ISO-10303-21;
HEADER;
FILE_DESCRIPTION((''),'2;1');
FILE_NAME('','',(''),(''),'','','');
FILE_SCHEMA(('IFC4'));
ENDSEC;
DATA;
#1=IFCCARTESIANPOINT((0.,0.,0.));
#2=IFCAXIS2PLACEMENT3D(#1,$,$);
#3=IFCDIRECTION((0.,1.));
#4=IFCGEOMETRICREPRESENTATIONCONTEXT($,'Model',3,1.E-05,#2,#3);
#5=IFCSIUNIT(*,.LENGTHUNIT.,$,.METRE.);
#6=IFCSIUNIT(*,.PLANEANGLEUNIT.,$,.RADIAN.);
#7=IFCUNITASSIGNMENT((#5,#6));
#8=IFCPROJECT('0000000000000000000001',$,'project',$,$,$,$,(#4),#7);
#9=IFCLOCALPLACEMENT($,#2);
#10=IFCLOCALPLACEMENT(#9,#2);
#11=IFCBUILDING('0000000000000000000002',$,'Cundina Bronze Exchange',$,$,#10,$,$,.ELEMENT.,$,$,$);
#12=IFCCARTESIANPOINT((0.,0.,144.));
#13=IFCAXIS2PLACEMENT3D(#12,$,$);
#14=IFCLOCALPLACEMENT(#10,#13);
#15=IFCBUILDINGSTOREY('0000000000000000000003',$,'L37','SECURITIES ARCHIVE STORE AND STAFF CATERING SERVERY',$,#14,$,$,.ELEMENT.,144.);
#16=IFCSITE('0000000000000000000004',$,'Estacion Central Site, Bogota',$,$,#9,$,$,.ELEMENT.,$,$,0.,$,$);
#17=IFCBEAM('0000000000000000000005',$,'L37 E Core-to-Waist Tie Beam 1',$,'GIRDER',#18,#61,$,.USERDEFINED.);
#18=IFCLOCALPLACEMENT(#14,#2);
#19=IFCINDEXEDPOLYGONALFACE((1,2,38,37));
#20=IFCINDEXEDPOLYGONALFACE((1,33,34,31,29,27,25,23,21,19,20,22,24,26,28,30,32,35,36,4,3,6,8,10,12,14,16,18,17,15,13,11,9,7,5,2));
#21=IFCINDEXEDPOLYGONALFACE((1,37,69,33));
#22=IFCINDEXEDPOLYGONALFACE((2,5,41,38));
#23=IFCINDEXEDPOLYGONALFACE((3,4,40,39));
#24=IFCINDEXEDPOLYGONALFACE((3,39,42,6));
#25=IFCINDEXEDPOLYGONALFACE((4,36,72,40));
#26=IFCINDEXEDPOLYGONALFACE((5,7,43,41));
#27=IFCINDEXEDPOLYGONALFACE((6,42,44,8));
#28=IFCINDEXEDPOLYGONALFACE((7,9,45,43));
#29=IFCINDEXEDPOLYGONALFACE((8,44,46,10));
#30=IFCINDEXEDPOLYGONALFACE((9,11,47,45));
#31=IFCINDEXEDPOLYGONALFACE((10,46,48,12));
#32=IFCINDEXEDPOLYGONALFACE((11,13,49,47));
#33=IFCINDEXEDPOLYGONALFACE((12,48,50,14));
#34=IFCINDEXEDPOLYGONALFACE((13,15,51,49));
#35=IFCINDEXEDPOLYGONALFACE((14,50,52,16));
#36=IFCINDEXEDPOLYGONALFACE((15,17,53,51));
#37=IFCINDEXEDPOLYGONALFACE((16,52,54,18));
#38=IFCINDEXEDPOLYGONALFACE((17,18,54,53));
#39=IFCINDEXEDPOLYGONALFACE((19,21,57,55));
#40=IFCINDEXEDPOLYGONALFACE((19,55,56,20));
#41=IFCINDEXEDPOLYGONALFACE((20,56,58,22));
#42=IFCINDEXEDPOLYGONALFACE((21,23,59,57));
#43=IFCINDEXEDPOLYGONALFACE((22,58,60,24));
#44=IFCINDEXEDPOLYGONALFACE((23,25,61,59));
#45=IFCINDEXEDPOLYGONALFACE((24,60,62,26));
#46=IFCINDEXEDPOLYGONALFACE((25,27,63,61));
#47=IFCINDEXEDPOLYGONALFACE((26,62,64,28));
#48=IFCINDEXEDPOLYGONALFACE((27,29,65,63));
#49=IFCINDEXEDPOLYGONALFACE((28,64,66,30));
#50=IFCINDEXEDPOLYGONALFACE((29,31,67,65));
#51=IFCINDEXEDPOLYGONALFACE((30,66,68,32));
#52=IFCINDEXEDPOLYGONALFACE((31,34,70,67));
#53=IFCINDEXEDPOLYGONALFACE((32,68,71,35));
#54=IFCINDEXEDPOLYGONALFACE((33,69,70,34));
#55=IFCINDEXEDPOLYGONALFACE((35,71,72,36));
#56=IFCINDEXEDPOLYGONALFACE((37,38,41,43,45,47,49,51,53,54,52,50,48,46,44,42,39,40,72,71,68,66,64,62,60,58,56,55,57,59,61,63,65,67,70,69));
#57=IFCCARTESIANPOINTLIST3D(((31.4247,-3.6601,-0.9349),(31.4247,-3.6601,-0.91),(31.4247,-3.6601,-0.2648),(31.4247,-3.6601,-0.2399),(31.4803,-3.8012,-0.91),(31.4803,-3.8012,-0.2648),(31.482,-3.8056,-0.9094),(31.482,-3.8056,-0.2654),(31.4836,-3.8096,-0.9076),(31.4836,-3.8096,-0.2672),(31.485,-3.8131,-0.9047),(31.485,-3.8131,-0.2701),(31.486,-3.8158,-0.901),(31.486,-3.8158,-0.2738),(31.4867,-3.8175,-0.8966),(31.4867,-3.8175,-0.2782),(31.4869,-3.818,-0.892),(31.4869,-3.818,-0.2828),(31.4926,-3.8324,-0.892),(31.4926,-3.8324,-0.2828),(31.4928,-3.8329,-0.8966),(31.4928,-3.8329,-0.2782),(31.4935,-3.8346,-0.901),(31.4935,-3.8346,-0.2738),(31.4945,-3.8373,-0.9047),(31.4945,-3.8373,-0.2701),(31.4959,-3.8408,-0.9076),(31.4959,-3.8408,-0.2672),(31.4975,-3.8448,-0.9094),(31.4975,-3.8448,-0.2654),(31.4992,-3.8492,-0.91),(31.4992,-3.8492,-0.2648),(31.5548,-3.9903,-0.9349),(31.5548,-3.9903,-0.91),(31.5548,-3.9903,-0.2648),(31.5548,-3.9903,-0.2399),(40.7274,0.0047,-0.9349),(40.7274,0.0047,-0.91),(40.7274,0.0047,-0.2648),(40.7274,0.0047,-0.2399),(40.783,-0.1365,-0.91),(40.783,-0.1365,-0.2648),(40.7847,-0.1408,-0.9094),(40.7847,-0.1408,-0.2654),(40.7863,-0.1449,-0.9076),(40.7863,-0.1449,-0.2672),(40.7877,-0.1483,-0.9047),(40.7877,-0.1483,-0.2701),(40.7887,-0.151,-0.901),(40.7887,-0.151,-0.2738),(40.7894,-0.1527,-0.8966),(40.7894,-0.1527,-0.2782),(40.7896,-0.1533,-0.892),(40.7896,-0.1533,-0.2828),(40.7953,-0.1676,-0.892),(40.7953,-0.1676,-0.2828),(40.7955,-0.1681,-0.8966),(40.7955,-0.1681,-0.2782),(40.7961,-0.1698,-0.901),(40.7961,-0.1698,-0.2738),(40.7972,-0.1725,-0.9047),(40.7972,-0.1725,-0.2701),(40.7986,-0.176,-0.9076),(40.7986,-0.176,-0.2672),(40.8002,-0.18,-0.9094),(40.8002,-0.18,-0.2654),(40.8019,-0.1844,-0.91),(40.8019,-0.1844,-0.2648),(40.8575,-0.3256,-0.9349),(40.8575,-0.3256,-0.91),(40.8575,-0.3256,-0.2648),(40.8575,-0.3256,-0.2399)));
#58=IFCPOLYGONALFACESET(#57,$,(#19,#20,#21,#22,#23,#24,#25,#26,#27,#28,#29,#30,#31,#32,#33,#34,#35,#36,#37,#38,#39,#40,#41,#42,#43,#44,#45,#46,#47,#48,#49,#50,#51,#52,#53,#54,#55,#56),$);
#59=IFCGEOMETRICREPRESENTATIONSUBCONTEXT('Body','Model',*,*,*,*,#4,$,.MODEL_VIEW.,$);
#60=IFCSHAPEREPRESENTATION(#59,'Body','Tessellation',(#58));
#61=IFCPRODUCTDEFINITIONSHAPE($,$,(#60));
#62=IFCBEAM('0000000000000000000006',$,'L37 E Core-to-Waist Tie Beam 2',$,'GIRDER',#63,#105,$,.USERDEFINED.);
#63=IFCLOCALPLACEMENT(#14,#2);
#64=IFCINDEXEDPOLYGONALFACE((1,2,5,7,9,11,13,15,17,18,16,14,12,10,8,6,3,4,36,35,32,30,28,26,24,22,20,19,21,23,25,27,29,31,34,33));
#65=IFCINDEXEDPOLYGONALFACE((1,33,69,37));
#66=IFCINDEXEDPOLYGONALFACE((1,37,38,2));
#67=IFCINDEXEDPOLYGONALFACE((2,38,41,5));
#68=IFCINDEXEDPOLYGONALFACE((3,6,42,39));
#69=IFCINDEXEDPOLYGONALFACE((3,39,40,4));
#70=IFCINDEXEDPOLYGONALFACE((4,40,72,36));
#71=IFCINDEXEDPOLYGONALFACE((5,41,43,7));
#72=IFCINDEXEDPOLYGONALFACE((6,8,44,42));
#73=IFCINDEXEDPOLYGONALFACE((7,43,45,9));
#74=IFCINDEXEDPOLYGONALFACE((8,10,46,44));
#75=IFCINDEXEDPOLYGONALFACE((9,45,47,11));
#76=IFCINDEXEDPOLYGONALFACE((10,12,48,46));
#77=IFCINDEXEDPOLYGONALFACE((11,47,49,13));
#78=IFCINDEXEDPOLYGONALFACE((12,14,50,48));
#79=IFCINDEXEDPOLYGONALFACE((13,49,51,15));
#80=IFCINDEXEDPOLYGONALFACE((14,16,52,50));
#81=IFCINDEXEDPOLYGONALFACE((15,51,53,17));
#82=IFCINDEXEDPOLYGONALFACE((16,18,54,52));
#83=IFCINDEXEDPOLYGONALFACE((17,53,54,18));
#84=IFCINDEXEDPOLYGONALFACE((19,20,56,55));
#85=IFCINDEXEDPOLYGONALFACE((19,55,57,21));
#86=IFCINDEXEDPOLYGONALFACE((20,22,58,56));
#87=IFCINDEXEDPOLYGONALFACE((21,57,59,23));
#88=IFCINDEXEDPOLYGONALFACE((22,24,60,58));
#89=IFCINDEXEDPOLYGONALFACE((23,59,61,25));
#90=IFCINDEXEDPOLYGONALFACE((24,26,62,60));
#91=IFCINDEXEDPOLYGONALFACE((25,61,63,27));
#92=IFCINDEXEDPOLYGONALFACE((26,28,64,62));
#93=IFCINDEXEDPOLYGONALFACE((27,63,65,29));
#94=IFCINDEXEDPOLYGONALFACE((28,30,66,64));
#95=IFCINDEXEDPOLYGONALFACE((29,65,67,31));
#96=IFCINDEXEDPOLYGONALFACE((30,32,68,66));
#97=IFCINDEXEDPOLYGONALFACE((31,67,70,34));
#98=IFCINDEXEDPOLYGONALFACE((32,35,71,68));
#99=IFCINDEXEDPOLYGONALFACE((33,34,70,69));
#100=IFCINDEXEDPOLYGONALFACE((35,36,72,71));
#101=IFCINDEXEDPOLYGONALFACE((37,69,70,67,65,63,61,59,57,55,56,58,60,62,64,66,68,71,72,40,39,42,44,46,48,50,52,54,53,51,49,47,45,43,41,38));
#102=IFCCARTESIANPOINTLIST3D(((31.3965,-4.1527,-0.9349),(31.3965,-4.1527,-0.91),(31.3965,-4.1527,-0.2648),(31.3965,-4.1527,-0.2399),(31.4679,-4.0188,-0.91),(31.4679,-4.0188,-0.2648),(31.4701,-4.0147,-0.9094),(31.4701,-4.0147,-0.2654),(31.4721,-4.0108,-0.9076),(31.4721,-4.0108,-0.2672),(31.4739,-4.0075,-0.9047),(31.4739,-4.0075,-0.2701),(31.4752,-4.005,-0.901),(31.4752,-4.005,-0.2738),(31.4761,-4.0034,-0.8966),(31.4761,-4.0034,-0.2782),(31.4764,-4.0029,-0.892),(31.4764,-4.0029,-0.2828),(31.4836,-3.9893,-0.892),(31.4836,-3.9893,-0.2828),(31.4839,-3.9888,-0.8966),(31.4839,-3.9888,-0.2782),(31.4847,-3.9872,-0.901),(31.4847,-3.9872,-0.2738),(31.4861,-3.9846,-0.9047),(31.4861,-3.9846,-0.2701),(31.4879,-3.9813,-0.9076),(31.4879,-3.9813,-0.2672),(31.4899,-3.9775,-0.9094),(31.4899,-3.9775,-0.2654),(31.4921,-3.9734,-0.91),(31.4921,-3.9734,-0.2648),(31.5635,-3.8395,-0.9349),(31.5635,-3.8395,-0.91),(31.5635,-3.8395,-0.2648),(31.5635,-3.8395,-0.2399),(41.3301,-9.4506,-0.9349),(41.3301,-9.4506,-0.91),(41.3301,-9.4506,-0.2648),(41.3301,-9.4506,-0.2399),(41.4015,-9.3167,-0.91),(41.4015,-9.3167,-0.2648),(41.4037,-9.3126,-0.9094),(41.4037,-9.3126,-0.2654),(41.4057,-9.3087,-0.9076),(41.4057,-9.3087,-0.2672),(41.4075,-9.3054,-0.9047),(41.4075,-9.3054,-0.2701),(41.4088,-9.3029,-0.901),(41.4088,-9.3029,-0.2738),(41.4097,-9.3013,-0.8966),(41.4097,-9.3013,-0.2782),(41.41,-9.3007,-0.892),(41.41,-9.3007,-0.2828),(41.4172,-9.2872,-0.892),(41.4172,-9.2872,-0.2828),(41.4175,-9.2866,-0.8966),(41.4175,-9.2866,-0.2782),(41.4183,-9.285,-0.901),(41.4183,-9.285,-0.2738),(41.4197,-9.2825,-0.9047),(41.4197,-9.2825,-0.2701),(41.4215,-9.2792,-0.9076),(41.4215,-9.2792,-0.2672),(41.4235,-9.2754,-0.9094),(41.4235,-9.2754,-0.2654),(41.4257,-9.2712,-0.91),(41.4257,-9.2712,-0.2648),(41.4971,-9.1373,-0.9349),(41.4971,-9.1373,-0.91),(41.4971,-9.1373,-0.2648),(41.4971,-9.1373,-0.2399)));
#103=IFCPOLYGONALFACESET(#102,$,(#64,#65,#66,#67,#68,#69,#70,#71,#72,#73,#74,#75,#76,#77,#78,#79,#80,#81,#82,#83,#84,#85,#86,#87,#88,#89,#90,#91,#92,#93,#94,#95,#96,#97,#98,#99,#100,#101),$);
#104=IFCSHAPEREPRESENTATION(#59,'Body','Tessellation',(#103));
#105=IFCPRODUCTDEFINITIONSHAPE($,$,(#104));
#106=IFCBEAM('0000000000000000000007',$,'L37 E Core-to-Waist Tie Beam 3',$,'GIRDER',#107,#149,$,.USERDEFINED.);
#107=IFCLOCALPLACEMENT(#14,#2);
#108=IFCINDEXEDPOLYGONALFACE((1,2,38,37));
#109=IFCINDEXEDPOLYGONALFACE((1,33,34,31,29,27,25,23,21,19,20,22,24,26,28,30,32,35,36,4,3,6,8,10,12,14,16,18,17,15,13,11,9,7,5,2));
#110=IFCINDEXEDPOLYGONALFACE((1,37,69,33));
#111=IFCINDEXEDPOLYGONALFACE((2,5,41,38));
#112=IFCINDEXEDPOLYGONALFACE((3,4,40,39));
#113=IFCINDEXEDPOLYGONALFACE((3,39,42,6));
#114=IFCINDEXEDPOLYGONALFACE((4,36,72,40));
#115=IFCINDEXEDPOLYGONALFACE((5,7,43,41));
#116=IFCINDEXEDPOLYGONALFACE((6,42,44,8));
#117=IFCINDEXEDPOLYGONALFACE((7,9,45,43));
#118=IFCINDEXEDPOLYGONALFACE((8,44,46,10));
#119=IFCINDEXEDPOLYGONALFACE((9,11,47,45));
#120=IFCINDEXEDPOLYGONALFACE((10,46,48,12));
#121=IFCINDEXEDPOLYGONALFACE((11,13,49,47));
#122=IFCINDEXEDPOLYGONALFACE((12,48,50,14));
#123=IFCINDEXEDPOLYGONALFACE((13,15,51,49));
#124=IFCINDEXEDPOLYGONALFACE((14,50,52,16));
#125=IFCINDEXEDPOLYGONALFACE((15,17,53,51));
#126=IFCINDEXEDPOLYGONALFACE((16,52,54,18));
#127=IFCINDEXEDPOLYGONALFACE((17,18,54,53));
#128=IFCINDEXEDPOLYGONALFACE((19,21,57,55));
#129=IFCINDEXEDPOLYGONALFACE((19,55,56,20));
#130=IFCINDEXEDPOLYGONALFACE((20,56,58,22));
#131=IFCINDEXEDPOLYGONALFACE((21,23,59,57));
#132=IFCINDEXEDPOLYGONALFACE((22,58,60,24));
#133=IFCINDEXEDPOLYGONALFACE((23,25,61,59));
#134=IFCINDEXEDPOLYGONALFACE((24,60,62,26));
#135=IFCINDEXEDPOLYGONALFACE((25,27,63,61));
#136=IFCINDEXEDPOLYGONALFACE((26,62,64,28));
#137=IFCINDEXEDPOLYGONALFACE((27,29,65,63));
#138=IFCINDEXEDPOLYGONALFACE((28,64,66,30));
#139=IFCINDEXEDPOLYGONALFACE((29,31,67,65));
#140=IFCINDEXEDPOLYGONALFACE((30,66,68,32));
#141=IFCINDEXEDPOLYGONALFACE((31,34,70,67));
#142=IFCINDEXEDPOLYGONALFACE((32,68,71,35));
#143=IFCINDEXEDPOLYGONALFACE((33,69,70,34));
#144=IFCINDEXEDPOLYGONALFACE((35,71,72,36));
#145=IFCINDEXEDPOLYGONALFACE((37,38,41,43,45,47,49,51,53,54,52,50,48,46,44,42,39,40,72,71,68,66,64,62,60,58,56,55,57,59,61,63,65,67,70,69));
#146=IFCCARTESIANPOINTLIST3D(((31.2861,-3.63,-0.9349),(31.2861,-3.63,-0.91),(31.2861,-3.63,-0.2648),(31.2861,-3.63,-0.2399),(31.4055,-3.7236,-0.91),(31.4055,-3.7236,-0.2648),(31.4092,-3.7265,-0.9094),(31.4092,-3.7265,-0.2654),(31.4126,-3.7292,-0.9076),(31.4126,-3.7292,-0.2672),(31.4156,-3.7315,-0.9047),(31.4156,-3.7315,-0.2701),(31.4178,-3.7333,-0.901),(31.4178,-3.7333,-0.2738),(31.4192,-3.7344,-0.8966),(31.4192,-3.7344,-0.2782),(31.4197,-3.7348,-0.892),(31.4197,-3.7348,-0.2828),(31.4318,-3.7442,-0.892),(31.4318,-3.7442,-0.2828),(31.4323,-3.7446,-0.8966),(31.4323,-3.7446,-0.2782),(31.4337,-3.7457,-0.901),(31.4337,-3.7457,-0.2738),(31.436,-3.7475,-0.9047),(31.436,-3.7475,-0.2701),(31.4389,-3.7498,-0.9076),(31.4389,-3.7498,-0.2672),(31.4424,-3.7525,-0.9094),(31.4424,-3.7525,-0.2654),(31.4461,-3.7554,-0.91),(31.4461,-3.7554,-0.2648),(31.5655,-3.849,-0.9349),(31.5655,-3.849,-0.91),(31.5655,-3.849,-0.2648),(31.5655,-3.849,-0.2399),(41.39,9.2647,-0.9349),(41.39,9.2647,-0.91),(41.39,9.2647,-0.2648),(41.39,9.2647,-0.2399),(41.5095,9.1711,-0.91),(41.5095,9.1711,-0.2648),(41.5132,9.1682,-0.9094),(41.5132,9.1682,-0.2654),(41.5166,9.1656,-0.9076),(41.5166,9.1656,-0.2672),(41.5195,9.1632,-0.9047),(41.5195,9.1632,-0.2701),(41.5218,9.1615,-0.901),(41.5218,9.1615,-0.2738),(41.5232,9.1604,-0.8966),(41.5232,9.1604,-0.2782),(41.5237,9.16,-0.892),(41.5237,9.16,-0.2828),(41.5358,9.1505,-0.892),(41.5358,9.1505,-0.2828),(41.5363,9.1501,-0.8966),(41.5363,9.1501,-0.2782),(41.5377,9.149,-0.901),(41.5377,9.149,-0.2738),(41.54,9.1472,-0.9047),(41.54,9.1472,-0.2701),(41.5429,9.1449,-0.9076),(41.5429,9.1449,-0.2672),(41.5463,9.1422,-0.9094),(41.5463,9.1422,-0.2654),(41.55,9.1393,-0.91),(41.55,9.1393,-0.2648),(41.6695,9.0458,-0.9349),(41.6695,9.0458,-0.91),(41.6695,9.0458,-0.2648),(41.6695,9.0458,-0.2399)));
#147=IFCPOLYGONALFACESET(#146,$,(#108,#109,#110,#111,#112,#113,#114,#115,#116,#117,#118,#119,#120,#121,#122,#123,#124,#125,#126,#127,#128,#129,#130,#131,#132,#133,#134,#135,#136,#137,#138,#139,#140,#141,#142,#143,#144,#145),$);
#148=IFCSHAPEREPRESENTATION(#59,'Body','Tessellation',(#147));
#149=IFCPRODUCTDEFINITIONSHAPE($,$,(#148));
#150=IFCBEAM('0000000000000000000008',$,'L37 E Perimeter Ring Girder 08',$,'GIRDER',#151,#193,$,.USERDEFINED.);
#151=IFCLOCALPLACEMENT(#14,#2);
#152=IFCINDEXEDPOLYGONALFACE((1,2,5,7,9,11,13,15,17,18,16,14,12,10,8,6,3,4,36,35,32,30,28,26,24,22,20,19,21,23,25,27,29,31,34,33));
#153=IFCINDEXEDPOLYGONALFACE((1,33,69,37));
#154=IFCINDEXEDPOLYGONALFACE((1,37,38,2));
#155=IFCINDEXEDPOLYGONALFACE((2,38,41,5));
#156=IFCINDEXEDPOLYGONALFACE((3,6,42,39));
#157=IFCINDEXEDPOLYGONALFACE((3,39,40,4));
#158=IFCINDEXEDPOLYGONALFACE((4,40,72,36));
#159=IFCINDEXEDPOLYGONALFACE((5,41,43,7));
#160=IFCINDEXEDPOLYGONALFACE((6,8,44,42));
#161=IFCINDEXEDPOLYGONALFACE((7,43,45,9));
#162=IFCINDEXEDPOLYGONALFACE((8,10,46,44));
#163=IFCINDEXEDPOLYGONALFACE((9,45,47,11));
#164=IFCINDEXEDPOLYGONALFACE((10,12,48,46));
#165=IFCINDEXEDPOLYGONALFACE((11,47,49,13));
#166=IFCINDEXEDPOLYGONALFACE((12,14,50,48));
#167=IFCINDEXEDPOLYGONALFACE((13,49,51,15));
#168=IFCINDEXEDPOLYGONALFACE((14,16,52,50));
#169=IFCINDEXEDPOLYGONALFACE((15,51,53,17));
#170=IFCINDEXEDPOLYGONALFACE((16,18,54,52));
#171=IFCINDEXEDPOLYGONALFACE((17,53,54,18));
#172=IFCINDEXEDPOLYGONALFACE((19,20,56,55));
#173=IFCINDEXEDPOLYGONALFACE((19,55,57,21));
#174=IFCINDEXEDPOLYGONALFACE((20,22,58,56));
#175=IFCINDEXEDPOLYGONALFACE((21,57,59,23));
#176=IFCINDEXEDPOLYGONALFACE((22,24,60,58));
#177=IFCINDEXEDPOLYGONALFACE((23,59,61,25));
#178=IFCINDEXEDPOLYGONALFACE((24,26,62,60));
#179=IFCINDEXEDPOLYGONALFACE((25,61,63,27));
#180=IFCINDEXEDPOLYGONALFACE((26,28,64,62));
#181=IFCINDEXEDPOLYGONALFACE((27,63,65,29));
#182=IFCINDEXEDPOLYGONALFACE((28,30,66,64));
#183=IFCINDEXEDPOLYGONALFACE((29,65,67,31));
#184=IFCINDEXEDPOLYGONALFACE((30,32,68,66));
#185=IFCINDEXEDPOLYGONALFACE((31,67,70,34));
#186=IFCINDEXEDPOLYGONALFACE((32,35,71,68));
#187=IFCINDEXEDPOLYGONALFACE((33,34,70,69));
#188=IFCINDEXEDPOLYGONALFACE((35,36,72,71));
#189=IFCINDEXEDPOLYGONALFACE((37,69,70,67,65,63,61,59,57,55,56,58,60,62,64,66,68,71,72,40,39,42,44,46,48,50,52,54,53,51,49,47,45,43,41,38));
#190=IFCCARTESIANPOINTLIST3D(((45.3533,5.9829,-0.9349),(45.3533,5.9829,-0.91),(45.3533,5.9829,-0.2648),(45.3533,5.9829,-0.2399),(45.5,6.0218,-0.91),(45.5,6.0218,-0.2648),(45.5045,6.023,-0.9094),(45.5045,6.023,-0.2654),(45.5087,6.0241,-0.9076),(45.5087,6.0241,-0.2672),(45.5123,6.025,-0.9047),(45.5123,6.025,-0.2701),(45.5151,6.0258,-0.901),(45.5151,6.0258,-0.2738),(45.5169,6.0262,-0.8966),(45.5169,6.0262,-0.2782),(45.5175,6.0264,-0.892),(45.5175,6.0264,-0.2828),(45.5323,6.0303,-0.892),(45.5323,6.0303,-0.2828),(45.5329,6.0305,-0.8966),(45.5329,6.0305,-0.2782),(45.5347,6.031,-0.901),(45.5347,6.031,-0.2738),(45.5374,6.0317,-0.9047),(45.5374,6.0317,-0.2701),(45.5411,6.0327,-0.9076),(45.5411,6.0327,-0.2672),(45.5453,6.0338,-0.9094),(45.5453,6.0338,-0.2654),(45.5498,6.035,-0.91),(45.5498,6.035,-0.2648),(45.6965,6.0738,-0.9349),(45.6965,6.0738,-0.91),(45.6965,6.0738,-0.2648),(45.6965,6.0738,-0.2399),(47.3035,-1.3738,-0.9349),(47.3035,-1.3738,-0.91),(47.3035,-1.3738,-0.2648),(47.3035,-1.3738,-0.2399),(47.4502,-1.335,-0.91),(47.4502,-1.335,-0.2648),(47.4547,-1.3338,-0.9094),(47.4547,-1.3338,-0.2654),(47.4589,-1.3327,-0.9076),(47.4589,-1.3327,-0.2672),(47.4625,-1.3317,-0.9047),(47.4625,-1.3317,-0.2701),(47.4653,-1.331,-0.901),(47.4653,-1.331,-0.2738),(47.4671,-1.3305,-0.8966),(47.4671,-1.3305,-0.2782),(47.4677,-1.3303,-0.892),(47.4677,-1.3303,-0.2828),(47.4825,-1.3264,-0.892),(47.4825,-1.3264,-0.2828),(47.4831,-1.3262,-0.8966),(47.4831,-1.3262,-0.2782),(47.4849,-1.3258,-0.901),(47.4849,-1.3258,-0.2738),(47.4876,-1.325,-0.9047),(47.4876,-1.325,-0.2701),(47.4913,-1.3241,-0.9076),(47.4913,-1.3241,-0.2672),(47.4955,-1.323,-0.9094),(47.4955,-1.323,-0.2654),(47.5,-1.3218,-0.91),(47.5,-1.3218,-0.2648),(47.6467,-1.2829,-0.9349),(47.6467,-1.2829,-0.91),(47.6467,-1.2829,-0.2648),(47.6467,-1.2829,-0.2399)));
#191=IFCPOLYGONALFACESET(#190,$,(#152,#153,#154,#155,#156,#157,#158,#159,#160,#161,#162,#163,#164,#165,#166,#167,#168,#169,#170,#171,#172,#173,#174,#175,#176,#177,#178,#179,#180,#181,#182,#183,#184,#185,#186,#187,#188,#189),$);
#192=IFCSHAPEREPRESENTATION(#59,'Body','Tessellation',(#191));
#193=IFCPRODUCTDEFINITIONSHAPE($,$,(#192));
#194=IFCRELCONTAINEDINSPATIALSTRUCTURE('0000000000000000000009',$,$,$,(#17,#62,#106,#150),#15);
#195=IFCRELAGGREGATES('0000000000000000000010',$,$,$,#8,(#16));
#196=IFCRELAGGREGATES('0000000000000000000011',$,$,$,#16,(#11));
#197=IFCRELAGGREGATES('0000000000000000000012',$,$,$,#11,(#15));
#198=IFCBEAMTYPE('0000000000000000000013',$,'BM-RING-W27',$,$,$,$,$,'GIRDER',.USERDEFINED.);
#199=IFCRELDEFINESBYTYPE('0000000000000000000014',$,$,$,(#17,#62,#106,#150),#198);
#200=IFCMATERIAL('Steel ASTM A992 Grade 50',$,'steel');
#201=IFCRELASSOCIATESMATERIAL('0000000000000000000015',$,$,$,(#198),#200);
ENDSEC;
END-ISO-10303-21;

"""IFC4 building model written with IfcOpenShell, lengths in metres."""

from ifc_helpers import new_model, si_unit, direction, frame, origin, origin_2d, place, context, subcontext, project, spatial, i_section, extrude, material, material_profile, profile_set, type_object, element, save


model = new_model("IFC4")

# Units and contexts
model_context = context("Model", 3, precision=1e-05, world=origin(), true_north=direction((0.0, 1.0)))
body_context = subcontext(model_context, "Body", "Model", "MODEL_VIEW")
ifc_project = project(units=[si_unit("LENGTHUNIT", "METRE"), si_unit("PLANEANGLEUNIT", "RADIAN")], contexts=[model_context])

# Site, building, storey
site_placement = place(None, origin())
site = spatial("IfcSite", under=ifc_project, at=site_placement, Name="Estacion Central Site, Bogota", CompositionType="ELEMENT", RefElevation=0.0)
building_placement = place(site_placement, origin())
building = spatial("IfcBuilding", under=site, at=building_placement, Name="Cundina Bronze Exchange", CompositionType="ELEMENT")
storey_placement = place(building_placement, frame((0.0, 0.0, 144.0)))
storey = spatial("IfcBuildingStorey", under=building, at=storey_placement, Name="L37", Description="SECURITIES ARCHIVE STORE AND STAFF CATERING SERVERY", CompositionType="ELEMENT", Elevation=144.0)

# Shared definitions
ifc_material_1 = material(Name="Steel ASTM A992 Grade 50", Category="steel")

# Beams
ifc_material_profile_1 = material_profile(ifc_material_1, i_section(OverallWidth=0.355, OverallDepth=0.6951, WebThickness=0.0154, FlangeThickness=0.0249, FilletRadius=0.0181, at=origin_2d()), Name="W27X146", Category="steel")
ifc_profile_set_1 = profile_set([ifc_material_profile_1], Name="Steel ASTM A992 Grade 50")
beam_type_1 = type_object("IfcBeamType", Name="BM-RING-W27", ElementType="GIRDER", PredefinedType="USERDEFINED", material=ifc_profile_set_1)
beam_1_placement = place(storey_placement, frame((31.4897, -3.8252, -0.5874), z_axis=(0.930406, 0.366532, 0.0), x_axis=(-0.366532, 0.930406, 0.0)))
element("IfcBeam", 1, at=beam_1_placement, inside=storey, type_object=beam_type_1, Name="L37 E Core-to-Waist Tie Beam 1", ObjectType="GIRDER", PredefinedType="USERDEFINED", context=body_context, shape_type="SweptSolid", body=[
    extrude(i_section(OverallWidth=0.355, OverallDepth=0.6951, WebThickness=0.0154, FlangeThickness=0.0249, FilletRadius=0.0181, at=origin_2d()), origin(), (0.0, 0.0, 1.0), 9.9985),
])
beam_2_placement = place(storey_placement, frame((31.48, -3.9961, -0.5874), z_axis=(0.882355, -0.470584, 0.0), x_axis=(0.470584, 0.882355, 0.0)))
element("IfcBeam", 2, at=beam_2_placement, inside=storey, type_object=beam_type_1, Name="L37 E Core-to-Waist Tie Beam 2", ObjectType="GIRDER", PredefinedType="USERDEFINED", context=body_context, shape_type="SweptSolid", body=[
    extrude(i_section(OverallWidth=0.355, OverallDepth=0.6951, WebThickness=0.0154, FlangeThickness=0.0249, FilletRadius=0.0181, at=origin_2d()), origin(), (0.0, 0.0, 1.0), 11.2581),
])
beam_3_placement = place(storey_placement, frame((31.4258, -3.7395, -0.5874), z_axis=(0.616779, 0.787136, 0.0), x_axis=(-0.787136, 0.616779, 0.0)))
element("IfcBeam", 3, at=beam_3_placement, inside=storey, type_object=beam_type_1, Name="L37 E Core-to-Waist Tie Beam 3", ObjectType="GIRDER", PredefinedType="USERDEFINED", context=body_context, shape_type="SweptSolid", body=[
    extrude(i_section(OverallWidth=0.355, OverallDepth=0.6951, WebThickness=0.0154, FlangeThickness=0.0249, FilletRadius=0.0181, at=origin_2d()), origin(), (0.0, 0.0, 1.0), 16.3818),
])
for number, where, z_axis, x_axis, name in (
    (4, (47.4751, -1.3284, -0.5874), (-0.256241, 0.966613, 0.0), (-0.966613, -0.256241, 0.0), "L37 E Perimeter Ring Girder 08"),
):
    element("IfcBeam", number, at=place(storey_placement, frame(where, z_axis=z_axis, x_axis=x_axis)), inside=storey, type_object=beam_type_1, Name=name, ObjectType="GIRDER", PredefinedType="USERDEFINED", context=body_context, shape_type="SweptSolid", body=[
        extrude(i_section(OverallWidth=0.355, OverallDepth=0.6951, WebThickness=0.0154, FlangeThickness=0.0249, FilletRadius=0.0181, at=origin_2d()), origin(), (0.0, 0.0, 1.0), 7.6108),
    ])

save(model, "model.ifc")
